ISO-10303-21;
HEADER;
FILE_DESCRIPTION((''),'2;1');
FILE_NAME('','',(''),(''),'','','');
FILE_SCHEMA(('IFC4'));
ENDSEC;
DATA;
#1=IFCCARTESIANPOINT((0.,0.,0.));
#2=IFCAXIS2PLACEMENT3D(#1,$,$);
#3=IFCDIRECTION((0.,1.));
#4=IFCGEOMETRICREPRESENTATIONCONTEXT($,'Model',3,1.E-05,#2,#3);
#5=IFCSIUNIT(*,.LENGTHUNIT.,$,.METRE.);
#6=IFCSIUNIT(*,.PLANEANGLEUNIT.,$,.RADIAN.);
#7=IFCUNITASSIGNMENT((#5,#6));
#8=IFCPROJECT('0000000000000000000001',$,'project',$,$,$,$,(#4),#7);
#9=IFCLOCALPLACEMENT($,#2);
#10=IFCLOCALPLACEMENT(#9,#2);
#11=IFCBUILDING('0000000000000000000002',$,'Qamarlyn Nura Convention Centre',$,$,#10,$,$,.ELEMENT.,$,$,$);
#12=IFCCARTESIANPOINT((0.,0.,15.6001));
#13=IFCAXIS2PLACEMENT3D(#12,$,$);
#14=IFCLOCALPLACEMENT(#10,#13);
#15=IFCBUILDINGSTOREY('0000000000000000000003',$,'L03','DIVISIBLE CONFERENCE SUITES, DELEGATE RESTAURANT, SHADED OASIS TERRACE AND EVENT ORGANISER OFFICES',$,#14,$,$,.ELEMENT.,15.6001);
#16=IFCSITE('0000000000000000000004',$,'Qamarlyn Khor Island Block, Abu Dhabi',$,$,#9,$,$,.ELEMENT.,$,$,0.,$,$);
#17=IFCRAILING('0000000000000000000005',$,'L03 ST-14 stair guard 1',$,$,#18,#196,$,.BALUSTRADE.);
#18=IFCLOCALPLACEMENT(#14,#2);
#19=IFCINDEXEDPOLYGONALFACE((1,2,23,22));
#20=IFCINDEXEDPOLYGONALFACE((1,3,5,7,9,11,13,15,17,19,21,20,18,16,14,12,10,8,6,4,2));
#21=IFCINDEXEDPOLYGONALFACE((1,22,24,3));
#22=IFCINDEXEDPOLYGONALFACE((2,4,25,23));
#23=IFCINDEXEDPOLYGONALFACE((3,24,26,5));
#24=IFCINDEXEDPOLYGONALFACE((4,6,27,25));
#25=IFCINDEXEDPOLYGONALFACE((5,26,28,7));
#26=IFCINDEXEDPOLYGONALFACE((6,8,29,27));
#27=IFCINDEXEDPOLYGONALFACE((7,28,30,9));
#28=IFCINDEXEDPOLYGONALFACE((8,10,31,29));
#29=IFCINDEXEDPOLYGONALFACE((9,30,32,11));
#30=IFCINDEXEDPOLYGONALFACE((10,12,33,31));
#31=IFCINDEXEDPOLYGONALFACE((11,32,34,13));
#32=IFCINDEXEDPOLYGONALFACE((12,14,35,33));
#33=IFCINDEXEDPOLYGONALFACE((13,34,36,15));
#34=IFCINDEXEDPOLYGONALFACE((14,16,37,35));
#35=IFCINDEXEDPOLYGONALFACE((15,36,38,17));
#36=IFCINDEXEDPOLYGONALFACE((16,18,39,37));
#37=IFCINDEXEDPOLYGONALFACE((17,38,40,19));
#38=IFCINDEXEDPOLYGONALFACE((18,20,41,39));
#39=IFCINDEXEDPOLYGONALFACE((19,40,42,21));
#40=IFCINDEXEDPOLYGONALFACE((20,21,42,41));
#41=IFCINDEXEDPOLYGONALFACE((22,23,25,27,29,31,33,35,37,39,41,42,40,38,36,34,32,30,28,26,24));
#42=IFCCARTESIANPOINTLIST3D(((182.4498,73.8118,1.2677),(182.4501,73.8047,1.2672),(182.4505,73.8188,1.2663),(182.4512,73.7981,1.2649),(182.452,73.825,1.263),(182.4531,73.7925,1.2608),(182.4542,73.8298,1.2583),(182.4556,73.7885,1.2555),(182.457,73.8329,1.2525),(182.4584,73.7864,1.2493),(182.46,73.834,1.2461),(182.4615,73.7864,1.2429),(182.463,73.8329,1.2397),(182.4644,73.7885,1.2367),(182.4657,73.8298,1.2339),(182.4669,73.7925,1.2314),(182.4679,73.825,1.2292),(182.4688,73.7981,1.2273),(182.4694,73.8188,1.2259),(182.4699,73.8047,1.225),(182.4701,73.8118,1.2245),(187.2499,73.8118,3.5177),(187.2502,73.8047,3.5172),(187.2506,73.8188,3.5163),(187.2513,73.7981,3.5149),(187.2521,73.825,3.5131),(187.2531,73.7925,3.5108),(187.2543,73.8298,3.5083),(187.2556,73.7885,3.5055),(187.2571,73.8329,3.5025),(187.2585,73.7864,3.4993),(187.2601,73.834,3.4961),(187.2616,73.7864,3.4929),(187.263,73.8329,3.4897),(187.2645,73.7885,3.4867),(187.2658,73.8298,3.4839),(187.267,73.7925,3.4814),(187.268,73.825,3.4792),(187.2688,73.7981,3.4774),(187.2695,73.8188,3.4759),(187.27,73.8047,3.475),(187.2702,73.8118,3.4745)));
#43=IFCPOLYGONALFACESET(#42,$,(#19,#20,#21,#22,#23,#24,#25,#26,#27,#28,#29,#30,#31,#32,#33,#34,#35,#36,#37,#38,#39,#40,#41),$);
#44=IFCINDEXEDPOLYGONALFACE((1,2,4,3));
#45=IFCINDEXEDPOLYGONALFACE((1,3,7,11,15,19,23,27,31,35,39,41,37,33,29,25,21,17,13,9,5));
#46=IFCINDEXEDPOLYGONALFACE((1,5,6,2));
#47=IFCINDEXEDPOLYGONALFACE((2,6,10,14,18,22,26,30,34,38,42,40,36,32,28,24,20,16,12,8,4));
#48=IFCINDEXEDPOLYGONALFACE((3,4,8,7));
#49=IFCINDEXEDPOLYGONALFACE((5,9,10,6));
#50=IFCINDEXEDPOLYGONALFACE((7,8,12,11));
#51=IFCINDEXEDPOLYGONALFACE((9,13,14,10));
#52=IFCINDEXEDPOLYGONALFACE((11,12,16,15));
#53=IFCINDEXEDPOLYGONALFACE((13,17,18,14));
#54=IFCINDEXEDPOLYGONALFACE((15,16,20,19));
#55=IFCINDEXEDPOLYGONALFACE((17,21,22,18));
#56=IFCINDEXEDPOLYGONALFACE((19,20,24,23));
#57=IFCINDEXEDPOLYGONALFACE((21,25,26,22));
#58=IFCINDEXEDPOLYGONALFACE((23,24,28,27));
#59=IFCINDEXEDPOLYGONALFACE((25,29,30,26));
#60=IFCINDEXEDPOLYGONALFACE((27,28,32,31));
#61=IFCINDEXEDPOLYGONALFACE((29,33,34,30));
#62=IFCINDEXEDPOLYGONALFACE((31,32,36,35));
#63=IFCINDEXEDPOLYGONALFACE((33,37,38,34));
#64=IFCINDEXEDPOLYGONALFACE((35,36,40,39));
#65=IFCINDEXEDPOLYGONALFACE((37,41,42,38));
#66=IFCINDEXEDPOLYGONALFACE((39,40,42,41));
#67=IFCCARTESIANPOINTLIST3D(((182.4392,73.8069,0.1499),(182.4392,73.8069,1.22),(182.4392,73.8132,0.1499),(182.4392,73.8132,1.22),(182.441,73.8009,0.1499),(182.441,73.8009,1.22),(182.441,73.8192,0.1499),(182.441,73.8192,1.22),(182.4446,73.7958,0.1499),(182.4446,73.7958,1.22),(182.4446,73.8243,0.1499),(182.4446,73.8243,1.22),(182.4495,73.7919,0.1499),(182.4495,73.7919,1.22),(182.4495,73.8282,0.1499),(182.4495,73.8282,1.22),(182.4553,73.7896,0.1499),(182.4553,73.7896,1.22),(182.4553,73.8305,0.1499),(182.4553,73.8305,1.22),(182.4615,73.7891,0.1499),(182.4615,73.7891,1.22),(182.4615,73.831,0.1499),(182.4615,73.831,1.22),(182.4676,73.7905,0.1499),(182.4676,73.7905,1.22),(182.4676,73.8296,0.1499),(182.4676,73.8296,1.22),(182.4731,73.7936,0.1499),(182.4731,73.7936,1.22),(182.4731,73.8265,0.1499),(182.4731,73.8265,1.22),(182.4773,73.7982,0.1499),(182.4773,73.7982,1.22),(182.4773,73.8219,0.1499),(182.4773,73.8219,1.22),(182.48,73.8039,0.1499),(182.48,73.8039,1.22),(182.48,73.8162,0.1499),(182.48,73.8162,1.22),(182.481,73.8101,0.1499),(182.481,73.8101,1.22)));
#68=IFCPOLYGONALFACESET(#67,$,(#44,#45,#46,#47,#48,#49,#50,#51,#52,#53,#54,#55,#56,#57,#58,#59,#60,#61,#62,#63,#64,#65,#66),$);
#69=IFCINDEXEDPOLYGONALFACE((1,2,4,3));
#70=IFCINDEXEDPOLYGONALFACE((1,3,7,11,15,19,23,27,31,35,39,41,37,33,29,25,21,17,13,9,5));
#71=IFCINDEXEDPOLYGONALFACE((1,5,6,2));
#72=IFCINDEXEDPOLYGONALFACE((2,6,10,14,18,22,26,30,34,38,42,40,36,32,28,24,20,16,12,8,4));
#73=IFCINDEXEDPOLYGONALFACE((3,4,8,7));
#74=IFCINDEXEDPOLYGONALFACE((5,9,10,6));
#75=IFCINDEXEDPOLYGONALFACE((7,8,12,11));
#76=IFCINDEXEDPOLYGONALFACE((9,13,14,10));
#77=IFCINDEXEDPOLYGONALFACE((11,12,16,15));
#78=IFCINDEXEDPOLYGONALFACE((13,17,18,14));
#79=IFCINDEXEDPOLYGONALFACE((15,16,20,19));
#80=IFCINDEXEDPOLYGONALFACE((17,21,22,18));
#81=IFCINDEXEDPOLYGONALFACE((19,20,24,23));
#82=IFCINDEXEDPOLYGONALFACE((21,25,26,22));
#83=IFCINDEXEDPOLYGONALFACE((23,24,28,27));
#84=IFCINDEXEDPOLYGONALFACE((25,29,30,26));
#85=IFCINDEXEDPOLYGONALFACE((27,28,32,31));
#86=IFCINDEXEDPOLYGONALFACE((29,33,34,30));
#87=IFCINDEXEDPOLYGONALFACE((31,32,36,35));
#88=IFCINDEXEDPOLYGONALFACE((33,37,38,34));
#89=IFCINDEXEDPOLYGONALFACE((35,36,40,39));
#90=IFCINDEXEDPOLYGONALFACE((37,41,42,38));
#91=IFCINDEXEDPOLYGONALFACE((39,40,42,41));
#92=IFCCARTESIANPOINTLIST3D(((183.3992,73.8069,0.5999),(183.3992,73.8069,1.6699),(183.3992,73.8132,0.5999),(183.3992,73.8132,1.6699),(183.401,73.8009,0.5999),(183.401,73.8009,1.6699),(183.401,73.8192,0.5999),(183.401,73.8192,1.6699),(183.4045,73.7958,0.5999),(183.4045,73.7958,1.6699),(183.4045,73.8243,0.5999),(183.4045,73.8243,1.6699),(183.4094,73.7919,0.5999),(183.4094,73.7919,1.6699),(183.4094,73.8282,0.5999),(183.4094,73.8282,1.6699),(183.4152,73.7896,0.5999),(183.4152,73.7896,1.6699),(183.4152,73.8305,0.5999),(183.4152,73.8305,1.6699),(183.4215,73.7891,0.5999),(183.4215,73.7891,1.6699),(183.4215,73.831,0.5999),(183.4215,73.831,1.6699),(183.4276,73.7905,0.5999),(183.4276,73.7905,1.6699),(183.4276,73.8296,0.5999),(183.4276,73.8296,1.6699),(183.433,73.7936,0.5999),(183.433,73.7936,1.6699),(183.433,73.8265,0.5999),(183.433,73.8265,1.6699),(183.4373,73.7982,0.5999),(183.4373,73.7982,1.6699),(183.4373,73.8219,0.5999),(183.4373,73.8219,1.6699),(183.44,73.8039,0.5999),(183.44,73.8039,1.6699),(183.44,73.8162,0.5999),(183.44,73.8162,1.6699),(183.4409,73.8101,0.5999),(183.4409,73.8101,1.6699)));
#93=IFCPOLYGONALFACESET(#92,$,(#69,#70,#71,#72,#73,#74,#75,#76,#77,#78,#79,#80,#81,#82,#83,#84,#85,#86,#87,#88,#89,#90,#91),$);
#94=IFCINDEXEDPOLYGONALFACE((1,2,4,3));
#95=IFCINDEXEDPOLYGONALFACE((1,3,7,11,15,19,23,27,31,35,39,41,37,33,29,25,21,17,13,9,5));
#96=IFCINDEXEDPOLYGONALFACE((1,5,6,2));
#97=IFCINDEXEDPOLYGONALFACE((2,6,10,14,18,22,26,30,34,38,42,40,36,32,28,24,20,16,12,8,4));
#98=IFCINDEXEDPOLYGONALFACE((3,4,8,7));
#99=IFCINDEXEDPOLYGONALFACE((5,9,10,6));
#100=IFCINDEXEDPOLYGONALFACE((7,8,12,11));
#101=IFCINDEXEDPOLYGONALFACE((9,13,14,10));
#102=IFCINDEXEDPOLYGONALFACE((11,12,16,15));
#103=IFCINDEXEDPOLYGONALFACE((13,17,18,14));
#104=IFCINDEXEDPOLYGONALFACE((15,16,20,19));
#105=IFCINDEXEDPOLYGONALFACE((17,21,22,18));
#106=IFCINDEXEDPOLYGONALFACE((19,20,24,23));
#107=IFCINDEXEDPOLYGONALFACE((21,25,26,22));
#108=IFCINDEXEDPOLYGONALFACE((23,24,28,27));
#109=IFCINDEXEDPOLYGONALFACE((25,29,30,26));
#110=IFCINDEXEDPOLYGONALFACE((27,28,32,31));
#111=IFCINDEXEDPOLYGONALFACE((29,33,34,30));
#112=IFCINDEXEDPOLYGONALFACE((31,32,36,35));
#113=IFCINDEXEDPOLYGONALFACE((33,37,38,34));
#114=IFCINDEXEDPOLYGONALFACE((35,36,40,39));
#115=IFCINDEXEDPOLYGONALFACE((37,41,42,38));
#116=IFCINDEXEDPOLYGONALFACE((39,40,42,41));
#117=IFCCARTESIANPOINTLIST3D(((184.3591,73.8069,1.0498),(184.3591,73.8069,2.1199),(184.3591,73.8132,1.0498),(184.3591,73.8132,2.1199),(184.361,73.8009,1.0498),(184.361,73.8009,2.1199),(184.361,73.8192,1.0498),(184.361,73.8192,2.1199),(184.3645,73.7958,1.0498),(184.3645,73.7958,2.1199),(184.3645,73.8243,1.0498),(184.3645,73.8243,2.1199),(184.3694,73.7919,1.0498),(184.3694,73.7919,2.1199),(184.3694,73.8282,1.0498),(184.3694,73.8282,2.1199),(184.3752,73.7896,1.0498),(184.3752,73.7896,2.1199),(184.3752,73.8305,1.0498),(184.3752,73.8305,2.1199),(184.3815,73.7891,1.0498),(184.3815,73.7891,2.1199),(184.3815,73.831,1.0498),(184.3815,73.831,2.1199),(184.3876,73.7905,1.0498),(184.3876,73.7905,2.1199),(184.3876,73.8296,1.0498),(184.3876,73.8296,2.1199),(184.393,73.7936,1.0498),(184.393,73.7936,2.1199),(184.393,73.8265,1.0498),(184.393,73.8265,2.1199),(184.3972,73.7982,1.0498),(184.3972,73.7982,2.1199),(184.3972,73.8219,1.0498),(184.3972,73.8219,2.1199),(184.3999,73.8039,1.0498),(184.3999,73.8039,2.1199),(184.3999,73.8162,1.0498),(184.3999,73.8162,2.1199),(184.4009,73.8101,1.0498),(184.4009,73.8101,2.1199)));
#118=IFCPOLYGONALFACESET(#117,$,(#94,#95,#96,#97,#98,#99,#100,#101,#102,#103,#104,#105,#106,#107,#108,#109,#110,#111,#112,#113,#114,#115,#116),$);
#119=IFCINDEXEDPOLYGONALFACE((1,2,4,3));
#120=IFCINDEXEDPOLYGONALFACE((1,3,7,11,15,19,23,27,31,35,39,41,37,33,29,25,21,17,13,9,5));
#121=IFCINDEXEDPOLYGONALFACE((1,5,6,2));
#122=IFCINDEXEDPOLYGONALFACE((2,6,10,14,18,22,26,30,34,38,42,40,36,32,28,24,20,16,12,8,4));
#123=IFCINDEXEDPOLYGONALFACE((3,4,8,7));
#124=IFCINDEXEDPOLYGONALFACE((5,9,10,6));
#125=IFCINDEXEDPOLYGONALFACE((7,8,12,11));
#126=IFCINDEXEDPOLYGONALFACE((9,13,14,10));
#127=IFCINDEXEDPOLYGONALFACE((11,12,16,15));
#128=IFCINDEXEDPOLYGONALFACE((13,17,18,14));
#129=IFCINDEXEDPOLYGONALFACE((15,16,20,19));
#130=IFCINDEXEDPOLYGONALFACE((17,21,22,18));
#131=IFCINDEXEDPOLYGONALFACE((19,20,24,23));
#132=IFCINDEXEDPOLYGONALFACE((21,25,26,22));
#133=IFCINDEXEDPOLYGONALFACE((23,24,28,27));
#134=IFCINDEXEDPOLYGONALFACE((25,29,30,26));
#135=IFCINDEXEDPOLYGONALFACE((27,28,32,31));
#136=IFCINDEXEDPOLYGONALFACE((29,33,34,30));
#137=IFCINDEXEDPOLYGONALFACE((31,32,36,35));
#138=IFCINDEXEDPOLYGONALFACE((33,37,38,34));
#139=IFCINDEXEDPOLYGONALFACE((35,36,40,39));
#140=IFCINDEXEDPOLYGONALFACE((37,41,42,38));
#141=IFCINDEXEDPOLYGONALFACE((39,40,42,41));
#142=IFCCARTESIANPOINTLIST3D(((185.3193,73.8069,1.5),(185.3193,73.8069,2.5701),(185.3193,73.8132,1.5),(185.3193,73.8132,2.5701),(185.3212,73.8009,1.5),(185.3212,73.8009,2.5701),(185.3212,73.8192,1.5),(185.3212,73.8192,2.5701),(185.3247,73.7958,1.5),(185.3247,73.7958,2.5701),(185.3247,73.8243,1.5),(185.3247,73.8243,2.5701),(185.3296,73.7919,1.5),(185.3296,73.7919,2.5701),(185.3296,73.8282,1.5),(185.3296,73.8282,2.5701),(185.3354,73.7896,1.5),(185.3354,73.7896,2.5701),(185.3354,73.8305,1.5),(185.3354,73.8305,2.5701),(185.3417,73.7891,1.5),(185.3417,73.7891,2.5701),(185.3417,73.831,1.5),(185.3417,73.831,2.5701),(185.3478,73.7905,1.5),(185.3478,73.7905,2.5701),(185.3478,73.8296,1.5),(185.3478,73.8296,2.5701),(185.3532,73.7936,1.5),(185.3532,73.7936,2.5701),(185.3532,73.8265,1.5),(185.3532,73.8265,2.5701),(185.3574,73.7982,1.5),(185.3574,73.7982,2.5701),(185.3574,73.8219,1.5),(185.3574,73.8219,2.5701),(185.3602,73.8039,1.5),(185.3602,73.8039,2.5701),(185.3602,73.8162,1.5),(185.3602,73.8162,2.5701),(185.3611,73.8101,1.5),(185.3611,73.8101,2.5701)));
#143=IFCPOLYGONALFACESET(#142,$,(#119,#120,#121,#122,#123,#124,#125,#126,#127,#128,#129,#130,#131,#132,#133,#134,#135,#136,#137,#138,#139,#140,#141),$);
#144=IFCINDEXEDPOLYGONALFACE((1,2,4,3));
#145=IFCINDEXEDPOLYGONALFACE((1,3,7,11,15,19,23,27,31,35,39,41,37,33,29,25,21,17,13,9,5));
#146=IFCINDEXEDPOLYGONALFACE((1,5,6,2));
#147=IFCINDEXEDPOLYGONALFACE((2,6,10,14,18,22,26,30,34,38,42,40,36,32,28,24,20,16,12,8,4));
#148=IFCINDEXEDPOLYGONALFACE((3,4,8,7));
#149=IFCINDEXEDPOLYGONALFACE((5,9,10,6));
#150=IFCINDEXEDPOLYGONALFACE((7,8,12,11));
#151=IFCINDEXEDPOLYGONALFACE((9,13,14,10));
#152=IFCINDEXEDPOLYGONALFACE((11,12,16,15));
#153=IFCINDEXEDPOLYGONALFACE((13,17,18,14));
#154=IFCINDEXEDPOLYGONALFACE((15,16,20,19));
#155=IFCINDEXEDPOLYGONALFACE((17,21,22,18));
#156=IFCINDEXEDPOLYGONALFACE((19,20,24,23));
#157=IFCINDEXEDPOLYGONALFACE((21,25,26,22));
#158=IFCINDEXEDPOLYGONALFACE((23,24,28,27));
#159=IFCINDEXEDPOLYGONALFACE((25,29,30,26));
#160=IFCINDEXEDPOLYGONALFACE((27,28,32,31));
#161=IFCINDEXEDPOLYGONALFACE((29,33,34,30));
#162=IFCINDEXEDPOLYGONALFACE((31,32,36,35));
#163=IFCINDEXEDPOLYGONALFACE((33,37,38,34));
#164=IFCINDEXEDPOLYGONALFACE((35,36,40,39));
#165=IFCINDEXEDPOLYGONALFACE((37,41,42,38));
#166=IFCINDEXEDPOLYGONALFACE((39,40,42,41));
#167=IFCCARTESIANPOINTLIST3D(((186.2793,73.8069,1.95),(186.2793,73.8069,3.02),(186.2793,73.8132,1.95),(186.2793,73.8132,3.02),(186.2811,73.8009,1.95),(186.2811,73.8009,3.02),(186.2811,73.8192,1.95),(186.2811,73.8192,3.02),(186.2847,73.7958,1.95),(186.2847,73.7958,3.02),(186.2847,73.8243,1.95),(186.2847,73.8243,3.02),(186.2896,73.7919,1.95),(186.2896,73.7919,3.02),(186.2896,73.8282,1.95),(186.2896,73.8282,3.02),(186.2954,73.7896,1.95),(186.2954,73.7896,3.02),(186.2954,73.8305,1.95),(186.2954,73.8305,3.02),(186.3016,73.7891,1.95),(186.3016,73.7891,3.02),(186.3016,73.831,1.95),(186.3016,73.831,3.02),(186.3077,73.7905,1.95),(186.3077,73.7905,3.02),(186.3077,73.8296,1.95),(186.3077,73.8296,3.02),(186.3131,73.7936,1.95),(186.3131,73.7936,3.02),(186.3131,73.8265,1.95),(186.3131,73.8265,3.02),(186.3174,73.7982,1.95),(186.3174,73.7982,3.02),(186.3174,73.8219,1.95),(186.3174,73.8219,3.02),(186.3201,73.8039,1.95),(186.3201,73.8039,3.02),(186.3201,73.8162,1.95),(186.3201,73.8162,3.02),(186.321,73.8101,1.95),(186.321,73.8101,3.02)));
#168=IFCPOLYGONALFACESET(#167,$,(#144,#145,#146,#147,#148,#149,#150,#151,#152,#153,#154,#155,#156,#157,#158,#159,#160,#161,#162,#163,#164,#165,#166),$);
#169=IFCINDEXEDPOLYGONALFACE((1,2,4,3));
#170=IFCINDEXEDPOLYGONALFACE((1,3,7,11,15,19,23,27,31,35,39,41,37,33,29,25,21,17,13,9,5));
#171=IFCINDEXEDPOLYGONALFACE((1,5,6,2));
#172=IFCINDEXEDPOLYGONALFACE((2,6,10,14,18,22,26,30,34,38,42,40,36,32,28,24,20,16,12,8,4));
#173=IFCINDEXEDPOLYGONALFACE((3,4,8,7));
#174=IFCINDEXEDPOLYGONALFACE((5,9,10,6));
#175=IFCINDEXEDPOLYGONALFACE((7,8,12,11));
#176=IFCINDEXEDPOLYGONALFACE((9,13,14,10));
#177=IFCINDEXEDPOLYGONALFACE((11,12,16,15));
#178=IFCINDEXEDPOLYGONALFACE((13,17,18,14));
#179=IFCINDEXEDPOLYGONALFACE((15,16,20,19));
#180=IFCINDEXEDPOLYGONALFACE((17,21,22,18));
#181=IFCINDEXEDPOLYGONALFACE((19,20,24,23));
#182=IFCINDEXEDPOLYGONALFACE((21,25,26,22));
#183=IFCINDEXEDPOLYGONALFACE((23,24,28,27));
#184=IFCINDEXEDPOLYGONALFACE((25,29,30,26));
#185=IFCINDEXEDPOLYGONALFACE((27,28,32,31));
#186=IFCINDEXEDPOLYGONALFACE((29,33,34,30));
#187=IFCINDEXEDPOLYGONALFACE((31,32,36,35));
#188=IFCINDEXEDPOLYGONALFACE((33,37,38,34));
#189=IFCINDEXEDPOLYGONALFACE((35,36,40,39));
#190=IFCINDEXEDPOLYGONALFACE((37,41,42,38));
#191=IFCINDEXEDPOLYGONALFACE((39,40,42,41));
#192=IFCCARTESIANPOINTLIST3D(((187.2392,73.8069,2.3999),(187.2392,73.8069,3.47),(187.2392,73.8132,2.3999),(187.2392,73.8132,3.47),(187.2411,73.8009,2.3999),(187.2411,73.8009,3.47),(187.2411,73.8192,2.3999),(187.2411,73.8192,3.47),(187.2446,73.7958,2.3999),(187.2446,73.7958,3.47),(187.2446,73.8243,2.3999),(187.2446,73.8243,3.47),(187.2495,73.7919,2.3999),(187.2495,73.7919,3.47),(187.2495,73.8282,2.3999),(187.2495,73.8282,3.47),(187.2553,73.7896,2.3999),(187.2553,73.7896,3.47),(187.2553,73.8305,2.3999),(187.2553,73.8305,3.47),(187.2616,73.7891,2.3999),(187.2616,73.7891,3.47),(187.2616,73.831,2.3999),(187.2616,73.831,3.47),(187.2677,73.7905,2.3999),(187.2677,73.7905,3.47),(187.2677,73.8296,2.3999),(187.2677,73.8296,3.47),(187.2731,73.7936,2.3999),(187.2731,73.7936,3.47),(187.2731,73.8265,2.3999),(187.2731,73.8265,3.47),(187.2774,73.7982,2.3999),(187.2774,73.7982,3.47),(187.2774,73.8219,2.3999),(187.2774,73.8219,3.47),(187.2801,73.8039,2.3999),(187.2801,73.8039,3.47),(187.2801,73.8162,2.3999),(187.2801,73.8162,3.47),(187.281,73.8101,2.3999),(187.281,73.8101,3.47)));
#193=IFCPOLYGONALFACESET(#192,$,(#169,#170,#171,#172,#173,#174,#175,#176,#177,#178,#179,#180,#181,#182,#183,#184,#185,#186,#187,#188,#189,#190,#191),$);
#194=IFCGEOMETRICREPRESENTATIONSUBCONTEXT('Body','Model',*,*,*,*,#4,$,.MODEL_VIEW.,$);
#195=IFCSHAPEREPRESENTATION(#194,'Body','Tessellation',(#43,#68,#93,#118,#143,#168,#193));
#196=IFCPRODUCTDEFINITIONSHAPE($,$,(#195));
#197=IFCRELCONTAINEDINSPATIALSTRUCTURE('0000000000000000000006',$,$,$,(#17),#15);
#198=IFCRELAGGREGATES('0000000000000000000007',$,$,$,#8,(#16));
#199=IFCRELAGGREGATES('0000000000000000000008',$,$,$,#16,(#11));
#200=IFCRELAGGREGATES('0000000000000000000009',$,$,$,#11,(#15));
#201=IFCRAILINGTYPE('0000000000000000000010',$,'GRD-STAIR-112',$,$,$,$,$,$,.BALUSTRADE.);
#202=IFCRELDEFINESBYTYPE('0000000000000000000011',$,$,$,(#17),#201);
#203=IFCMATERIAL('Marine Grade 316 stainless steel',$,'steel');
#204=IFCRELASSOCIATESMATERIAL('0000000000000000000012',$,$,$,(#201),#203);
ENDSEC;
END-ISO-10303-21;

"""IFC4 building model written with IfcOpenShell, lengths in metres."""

from ifc_helpers import new_model, si_unit, direction, frame, origin, origin_2d, place, context, subcontext, project, spatial, circle, extrude, material, type_object, element, save


model = new_model("IFC4")

# Units and contexts
model_context = context("Model", 3, precision=1e-05, world=origin(), true_north=direction((0.0, 1.0)))
body_context = subcontext(model_context, "Body", "Model", "MODEL_VIEW")
ifc_project = project(units=[si_unit("LENGTHUNIT", "METRE"), si_unit("PLANEANGLEUNIT", "RADIAN")], contexts=[model_context])

# Site, building, storey
site_placement = place(None, origin())
site = spatial("IfcSite", under=ifc_project, at=site_placement, Name="Qamarlyn Khor Island Block, Abu Dhabi", CompositionType="ELEMENT", RefElevation=0.0)
building_placement = place(site_placement, origin())
building = spatial("IfcBuilding", under=site, at=building_placement, Name="Qamarlyn Nura Convention Centre", CompositionType="ELEMENT")
storey_placement = place(building_placement, frame((0.0, 0.0, 15.6001)))
storey = spatial("IfcBuildingStorey", under=building, at=storey_placement, Name="L03", Description="DIVISIBLE CONFERENCE SUITES, DELEGATE RESTAURANT, SHADED OASIS TERRACE AND EVENT ORGANISER OFFICES", CompositionType="ELEMENT", Elevation=15.6001)

# Railing
ifc_material_1 = material(Name="Marine Grade 316 stainless steel", Category="steel")
railing_type_1 = type_object("IfcRailingType", Name="GRD-STAIR-112", PredefinedType="BALUSTRADE", material=ifc_material_1)
railing_1_placement = place(storey_placement, frame((182.46, 73.8101, 0.1499)))
element("IfcRailing", 1, at=railing_1_placement, inside=storey, type_object=railing_type_1, Name="L03 ST-14 stair guard 1", PredefinedType="BALUSTRADE", context=body_context, shape_type="SweptSolid", body=[
    extrude(circle(Radius=0.0239, at=origin_2d()), frame((0.0, 0.0, 1.0962), z_axis=(0.905461, 0.0, 0.42443), x_axis=(0.0, 1.0, 0.0)), (0.0, 0.0, 1.0), 5.3013),
    extrude(circle(Radius=0.021, at=origin_2d()), origin(), (0.0, 0.0, 1.0), 1.0701),
    extrude(circle(Radius=0.021, at=origin_2d()), frame((0.96, 0.0, 0.45)), (0.0, 0.0, 1.0), 1.0701),
    extrude(circle(Radius=0.021, at=origin_2d()), frame((1.9199, 0.0, 0.8999)), (0.0, 0.0, 1.0), 1.0701),
    extrude(circle(Radius=0.021, at=origin_2d()), frame((2.8801, 0.0, 1.3501)), (0.0, 0.0, 1.0), 1.0701),
    extrude(circle(Radius=0.021, at=origin_2d()), frame((3.8401, 0.0, 1.8)), (0.0, 0.0, 1.0), 1.0701),
    extrude(circle(Radius=0.021, at=origin_2d()), frame((4.8, 0.0, 2.25)), (0.0, 0.0, 1.0), 1.0701),
])

save(model, "model.ifc")
